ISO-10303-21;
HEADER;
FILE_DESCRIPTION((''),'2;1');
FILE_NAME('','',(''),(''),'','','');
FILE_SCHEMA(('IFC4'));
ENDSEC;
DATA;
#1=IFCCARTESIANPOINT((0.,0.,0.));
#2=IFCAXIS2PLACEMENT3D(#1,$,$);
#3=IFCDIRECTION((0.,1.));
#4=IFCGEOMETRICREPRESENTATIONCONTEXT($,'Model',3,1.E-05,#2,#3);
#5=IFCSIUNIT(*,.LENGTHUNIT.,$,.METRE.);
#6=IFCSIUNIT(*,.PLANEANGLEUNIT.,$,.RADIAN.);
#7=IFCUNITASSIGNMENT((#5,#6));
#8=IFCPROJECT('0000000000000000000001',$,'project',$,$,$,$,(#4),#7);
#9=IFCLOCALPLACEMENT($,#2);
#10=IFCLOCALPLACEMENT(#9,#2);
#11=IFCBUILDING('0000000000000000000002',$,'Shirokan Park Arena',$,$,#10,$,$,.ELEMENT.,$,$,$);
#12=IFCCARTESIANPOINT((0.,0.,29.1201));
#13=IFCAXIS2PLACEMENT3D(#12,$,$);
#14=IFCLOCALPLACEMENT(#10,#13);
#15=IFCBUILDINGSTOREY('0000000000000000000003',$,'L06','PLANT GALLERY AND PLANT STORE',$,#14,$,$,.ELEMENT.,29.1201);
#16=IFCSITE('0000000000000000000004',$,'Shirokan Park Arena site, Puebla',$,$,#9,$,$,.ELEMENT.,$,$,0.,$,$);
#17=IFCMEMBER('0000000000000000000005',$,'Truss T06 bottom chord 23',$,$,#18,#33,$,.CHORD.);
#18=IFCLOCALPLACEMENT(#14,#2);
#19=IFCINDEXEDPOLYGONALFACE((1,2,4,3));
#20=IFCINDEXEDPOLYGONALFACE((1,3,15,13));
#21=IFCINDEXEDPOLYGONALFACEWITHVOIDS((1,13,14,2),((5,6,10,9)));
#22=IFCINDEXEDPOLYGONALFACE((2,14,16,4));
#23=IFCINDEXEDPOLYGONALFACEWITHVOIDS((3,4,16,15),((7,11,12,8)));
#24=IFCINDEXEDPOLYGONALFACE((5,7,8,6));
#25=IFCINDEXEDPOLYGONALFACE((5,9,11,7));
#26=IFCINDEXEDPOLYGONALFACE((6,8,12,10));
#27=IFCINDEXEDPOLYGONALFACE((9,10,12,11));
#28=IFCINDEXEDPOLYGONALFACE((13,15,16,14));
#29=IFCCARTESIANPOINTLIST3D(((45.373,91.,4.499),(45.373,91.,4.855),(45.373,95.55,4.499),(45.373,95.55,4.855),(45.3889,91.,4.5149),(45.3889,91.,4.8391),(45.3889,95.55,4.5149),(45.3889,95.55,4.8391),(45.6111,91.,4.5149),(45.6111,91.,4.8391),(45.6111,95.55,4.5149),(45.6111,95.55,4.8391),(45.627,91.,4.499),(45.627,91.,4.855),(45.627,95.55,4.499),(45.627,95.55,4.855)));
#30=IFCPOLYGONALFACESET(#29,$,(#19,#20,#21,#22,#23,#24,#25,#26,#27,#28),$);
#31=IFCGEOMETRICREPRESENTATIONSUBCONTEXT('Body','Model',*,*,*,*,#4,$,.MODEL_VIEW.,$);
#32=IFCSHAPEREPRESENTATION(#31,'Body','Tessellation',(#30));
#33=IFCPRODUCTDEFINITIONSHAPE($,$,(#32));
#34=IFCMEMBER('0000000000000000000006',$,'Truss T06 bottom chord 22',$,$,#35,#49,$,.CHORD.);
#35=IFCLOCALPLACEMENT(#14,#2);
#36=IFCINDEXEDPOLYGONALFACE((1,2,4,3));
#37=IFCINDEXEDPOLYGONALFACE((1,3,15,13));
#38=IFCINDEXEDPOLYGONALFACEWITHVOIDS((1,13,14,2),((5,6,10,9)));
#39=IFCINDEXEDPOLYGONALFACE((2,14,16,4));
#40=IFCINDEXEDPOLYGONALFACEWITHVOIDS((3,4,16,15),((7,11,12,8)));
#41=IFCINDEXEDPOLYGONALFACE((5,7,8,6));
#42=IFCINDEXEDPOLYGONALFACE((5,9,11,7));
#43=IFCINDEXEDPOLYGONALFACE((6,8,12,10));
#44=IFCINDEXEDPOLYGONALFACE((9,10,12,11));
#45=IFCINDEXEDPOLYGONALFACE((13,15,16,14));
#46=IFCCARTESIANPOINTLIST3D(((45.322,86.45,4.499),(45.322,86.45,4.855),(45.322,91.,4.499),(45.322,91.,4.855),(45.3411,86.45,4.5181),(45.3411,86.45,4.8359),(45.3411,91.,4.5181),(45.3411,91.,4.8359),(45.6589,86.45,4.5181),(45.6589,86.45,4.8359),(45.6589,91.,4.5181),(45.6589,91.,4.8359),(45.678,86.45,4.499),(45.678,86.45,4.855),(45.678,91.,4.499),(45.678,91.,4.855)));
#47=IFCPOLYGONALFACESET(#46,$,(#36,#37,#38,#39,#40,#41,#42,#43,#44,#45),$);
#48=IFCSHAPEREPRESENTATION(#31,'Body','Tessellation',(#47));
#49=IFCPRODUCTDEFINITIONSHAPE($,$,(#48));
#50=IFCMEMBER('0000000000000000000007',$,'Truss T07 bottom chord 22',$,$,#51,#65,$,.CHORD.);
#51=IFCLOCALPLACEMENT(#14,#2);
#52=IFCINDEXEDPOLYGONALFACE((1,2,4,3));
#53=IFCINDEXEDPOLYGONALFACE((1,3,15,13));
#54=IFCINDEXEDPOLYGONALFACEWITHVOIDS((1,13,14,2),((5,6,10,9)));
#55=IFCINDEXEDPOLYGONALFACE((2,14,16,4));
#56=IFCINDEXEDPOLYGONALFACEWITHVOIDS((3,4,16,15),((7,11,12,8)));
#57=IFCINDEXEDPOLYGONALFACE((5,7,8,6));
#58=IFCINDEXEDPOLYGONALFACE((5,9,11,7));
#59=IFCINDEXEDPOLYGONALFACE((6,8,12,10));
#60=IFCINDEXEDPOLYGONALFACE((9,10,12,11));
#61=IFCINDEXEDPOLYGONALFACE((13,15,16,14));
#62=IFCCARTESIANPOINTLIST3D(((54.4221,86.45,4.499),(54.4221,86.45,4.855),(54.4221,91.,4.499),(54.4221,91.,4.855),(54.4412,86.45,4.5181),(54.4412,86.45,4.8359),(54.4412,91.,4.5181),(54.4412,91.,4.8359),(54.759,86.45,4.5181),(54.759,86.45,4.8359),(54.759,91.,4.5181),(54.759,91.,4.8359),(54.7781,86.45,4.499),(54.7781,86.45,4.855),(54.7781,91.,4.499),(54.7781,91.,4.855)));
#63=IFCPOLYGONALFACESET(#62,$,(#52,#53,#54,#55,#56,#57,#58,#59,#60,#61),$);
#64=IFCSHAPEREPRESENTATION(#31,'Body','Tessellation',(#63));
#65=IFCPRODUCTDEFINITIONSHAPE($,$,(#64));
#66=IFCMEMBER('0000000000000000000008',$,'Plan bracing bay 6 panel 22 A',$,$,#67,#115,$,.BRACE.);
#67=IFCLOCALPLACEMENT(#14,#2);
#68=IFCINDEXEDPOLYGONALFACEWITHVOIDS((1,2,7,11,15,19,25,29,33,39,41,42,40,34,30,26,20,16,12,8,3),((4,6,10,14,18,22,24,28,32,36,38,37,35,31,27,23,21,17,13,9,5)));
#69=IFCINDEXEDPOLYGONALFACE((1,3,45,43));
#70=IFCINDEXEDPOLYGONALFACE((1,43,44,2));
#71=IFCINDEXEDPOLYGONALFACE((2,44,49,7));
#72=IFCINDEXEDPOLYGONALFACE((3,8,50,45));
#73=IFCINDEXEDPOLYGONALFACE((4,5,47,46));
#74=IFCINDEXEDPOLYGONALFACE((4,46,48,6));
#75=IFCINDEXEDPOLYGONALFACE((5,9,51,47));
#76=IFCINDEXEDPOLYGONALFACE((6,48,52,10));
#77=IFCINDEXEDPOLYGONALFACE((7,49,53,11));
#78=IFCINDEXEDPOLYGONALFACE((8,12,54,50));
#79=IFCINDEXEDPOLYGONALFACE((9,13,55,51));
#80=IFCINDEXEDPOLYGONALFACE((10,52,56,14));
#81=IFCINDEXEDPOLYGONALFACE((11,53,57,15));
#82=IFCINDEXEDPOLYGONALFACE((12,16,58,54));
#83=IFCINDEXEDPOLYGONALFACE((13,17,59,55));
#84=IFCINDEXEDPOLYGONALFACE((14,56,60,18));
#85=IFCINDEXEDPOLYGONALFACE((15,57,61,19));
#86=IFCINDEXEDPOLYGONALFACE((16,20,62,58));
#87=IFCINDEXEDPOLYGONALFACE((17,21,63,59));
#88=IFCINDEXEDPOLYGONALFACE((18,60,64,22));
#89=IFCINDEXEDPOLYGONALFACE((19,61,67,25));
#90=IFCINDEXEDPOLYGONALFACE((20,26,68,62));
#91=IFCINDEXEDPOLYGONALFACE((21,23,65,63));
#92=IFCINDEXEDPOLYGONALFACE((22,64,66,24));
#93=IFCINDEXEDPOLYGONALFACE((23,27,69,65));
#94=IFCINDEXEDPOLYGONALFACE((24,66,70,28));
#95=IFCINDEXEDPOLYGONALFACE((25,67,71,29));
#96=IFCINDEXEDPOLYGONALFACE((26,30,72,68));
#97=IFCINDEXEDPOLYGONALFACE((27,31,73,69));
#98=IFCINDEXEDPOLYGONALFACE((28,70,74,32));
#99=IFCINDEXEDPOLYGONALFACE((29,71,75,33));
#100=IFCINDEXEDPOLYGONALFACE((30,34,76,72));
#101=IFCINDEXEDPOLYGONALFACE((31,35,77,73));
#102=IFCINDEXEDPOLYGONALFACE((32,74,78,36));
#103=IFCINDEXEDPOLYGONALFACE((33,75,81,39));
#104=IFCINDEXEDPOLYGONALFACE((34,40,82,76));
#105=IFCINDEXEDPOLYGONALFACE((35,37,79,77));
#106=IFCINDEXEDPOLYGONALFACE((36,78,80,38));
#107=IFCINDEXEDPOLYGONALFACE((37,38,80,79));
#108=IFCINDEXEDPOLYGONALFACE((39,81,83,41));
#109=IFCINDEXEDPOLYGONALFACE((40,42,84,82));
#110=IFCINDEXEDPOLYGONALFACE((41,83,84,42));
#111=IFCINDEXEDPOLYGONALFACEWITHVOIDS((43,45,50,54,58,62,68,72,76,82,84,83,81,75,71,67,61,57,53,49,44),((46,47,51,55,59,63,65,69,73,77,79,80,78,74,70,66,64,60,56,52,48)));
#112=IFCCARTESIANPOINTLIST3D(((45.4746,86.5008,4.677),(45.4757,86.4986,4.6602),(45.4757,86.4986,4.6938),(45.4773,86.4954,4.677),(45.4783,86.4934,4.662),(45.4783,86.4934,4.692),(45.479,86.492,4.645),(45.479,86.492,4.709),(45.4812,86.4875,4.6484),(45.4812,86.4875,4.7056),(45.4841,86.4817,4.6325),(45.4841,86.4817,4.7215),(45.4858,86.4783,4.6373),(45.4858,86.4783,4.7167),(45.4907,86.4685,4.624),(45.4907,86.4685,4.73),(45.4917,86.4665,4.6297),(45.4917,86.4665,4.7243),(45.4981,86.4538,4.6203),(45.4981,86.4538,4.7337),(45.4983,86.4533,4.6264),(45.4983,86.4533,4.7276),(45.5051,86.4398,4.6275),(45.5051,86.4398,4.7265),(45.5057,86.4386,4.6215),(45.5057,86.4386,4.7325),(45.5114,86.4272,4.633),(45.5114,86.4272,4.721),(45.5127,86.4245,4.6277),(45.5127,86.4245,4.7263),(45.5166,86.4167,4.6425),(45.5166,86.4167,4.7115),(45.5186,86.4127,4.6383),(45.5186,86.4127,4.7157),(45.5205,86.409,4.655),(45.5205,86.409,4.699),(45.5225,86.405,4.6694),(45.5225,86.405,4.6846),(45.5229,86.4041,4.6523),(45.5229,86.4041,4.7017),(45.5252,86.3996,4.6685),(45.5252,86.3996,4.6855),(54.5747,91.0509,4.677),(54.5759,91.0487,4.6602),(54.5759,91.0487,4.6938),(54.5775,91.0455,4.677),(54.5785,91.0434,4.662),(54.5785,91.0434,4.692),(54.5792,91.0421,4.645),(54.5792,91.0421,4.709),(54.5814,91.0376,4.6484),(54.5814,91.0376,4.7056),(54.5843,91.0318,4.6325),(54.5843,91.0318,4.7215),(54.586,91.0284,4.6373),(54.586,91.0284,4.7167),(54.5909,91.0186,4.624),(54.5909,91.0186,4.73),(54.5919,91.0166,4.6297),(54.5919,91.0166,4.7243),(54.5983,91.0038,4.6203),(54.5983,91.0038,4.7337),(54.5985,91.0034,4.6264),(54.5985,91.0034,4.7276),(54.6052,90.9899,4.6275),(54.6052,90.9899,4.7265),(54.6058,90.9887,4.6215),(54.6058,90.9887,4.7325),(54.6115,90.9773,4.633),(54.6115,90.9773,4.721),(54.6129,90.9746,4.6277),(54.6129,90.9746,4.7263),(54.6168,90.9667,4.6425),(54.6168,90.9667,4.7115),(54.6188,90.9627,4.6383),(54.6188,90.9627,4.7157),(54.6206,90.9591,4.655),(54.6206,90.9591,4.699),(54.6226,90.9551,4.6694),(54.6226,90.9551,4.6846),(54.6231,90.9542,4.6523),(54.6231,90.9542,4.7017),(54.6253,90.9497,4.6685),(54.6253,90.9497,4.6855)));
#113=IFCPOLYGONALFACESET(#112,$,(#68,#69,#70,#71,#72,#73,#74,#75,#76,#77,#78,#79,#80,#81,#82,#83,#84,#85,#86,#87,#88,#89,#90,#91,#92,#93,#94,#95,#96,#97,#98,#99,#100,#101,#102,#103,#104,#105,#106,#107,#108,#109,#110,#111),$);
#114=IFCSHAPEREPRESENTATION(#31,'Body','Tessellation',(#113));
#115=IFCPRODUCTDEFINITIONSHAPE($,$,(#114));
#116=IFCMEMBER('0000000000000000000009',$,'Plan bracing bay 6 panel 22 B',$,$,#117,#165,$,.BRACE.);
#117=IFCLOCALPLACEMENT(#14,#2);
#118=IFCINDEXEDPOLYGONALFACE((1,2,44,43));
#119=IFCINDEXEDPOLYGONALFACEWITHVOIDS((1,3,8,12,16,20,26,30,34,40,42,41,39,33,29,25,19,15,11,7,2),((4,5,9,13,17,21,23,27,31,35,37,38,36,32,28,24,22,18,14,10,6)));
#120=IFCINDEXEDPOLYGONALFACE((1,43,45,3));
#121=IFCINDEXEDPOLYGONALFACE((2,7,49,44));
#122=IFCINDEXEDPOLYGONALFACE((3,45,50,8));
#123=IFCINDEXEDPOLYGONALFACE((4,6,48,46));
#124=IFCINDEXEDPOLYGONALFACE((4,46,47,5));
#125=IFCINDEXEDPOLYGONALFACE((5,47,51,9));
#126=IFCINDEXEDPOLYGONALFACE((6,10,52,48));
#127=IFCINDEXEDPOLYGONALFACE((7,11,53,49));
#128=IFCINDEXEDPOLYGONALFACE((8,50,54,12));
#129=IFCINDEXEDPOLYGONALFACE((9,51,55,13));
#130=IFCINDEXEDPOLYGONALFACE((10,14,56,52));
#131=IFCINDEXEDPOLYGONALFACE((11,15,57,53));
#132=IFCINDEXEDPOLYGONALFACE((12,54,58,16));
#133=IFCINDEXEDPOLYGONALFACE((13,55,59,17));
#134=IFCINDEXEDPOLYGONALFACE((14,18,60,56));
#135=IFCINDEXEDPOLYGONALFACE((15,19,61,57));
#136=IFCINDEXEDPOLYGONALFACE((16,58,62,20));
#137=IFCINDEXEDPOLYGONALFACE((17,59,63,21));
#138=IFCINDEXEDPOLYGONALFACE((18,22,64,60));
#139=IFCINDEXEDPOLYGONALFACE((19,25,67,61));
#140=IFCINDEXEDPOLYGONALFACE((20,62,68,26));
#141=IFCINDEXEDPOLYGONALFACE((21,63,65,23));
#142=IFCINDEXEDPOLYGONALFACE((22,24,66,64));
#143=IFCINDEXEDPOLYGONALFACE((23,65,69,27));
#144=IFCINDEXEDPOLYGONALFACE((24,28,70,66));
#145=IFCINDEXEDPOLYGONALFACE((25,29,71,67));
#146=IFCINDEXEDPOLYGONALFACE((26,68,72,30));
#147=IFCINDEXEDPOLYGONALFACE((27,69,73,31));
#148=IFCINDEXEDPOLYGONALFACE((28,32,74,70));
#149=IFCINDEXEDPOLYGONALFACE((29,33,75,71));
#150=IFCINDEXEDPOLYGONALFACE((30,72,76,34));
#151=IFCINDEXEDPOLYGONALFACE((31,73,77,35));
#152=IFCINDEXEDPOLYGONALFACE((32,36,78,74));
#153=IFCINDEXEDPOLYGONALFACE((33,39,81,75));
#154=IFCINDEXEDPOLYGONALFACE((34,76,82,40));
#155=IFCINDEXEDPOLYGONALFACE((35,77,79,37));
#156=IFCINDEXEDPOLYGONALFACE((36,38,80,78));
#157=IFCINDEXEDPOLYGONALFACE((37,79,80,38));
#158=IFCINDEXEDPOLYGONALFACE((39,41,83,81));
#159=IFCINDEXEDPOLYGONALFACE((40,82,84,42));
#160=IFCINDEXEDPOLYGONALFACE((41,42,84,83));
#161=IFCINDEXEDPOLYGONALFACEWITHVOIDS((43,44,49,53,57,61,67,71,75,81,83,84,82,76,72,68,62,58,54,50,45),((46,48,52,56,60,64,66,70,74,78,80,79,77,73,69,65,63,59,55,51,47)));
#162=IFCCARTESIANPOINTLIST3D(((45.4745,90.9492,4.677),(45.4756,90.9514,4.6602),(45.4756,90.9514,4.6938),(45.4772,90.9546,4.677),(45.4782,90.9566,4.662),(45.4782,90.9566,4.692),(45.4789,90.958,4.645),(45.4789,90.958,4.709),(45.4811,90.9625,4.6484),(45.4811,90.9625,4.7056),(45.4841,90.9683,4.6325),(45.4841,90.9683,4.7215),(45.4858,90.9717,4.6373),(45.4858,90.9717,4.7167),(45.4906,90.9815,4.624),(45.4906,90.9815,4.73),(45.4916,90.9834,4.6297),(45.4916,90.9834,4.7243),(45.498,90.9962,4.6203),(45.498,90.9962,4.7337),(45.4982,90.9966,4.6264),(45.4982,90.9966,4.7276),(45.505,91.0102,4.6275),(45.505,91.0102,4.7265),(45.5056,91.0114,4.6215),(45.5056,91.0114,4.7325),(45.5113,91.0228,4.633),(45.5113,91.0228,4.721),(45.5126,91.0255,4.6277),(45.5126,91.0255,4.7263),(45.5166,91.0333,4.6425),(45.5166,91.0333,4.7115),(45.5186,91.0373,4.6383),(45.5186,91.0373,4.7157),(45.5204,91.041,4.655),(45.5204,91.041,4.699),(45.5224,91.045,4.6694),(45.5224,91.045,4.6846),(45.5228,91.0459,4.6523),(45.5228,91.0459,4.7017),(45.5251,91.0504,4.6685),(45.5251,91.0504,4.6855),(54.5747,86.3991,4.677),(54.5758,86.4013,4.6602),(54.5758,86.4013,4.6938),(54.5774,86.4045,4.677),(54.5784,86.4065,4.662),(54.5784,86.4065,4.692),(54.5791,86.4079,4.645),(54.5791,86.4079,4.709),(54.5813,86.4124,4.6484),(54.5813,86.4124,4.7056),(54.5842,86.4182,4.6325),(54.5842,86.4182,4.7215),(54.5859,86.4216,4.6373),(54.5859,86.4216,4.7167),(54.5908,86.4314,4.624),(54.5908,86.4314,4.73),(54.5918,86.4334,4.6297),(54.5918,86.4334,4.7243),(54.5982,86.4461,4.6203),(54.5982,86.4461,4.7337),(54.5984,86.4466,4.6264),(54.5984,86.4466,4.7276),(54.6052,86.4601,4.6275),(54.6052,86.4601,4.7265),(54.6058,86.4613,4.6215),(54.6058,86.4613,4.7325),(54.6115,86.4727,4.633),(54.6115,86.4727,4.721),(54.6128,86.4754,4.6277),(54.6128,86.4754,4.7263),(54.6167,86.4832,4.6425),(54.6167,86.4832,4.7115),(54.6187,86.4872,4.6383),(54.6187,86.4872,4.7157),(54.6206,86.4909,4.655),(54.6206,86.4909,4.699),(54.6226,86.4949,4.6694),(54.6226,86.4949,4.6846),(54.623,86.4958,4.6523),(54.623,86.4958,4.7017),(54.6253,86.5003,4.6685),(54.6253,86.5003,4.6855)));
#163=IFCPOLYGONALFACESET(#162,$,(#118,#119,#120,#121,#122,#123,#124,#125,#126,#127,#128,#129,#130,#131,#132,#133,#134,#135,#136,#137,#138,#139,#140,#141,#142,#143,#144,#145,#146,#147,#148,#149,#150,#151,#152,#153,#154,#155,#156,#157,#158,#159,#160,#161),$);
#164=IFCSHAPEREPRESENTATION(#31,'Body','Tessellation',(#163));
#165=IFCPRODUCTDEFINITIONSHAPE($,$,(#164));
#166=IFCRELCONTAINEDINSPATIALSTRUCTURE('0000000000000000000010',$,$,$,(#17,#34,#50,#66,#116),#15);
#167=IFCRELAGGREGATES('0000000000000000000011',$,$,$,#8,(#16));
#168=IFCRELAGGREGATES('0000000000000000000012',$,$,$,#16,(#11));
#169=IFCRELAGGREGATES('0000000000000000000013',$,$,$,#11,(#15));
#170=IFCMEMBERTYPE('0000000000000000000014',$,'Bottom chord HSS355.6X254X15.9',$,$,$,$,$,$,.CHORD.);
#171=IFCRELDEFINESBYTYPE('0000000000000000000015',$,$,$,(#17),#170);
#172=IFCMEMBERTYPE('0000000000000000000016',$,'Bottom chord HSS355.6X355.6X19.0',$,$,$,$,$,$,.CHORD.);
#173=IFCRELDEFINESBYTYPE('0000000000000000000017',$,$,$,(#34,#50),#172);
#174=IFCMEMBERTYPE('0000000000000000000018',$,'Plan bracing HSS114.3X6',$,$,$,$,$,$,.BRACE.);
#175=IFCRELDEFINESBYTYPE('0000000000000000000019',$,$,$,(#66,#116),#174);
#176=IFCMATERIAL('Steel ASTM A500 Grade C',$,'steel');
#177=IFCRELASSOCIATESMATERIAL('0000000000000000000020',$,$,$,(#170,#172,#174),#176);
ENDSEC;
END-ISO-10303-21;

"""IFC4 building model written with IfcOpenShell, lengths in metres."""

from ifc_helpers import new_model, si_unit, direction, frame, origin, origin_2d, place, context, subcontext, project, spatial, hollow_rectangle, hollow_circle, extrude, material, material_profile, profile_set, type_object, element, save


model = new_model("IFC4")

# Units and contexts
model_context = context("Model", 3, precision=1e-05, world=origin(), true_north=direction((0.0, 1.0)))
body_context = subcontext(model_context, "Body", "Model", "MODEL_VIEW")
ifc_project = project(units=[si_unit("LENGTHUNIT", "METRE"), si_unit("PLANEANGLEUNIT", "RADIAN")], contexts=[model_context])

# Site, building, storey
site_placement = place(None, origin())
site = spatial("IfcSite", under=ifc_project, at=site_placement, Name="Shirokan Park Arena site, Puebla", CompositionType="ELEMENT", RefElevation=0.0)
building_placement = place(site_placement, origin())
building = spatial("IfcBuilding", under=site, at=building_placement, Name="Shirokan Park Arena", CompositionType="ELEMENT")
storey_placement = place(building_placement, frame((0.0, 0.0, 29.1201)))
storey = spatial("IfcBuildingStorey", under=building, at=storey_placement, Name="L06", Description="PLANT GALLERY AND PLANT STORE", CompositionType="ELEMENT", Elevation=29.1201)

# Members
ifc_material_1 = material(Name="Steel ASTM A500 Grade C", Category="steel")
ifc_material_profile_1 = material_profile(ifc_material_1, hollow_rectangle(XDim=0.2539, YDim=0.356, WallThickness=0.0159, at=origin_2d()), Name="HSS355.6X254X15.9")
ifc_profile_set_1 = profile_set([ifc_material_profile_1], Name="Steel ASTM A500 Grade C")
member_type_1 = type_object("IfcMemberType", Name="Bottom chord HSS355.6X254X15.9", PredefinedType="CHORD", material=ifc_profile_set_1)
member_1_placement = place(storey_placement, frame((45.5, 91.0, 4.677), z_axis=(0.0, 1.0, 0.0), x_axis=(-1.0, 0.0, 0.0)))
element("IfcMember", 1, at=member_1_placement, inside=storey, type_object=member_type_1, Name="Truss T06 bottom chord 23", PredefinedType="CHORD", context=body_context, shape_type="SweptSolid", body=[
    extrude(hollow_rectangle(XDim=0.2539, YDim=0.356, WallThickness=0.0159, at=origin_2d()), origin(), (0.0, 0.0, 1.0), 4.55),
])
ifc_material_profile_2 = material_profile(ifc_material_1, hollow_rectangle(XDim=0.356, YDim=0.356, WallThickness=0.019, at=origin_2d()), Name="HSS355.6X355.6X19.0")
ifc_profile_set_2 = profile_set([ifc_material_profile_2], Name="Steel ASTM A500 Grade C")
member_type_2 = type_object("IfcMemberType", Name="Bottom chord HSS355.6X355.6X19.0", PredefinedType="CHORD", material=ifc_profile_set_2)
for number, where, z_axis, x_axis, name in (
    (2, (45.5, 86.45, 4.677), (0.0, 1.0, 0.0), (-1.0, 0.0, 0.0), "Truss T06 bottom chord 22"),
    (3, (54.6001, 86.45, 4.677), (0.0, 1.0, 0.0), (-1.0, 0.0, 0.0), "Truss T07 bottom chord 22"),
):
    element("IfcMember", number, at=place(storey_placement, frame(where, z_axis=z_axis, x_axis=x_axis)), inside=storey, type_object=member_type_2, Name=name, PredefinedType="CHORD", context=body_context, shape_type="SweptSolid", body=[
        extrude(hollow_rectangle(XDim=0.356, YDim=0.356, WallThickness=0.019, at=origin_2d()), origin(), (0.0, 0.0, 1.0), 4.55),
    ])
ifc_material_profile_3 = material_profile(ifc_material_1, hollow_circle(Radius=0.0569, WallThickness=0.0061, at=origin_2d()), Name="HSS114.3X6")
ifc_profile_set_3 = profile_set([ifc_material_profile_3], Name="Steel ASTM A500 Grade C")
member_type_3 = type_object("IfcMemberType", Name="Plan bracing HSS114.3X6", PredefinedType="BRACE", material=ifc_profile_set_3)
for number, where, z_axis, x_axis, name in (
    (4, (45.5, 86.45, 4.677), (0.894427, 0.447214, 0.0), (-0.447214, 0.894427, 0.0), "Plan bracing bay 6 panel 22 A"),
    (5, (54.6001, 86.45, 4.677), (-0.894427, 0.447214, 0.0), (-0.447214, -0.894427, 0.0), "Plan bracing bay 6 panel 22 B"),
):
    element("IfcMember", number, at=place(storey_placement, frame(where, z_axis=z_axis, x_axis=x_axis)), inside=storey, type_object=member_type_3, Name=name, PredefinedType="BRACE", context=body_context, shape_type="SweptSolid", body=[
        extrude(hollow_circle(Radius=0.0569, WallThickness=0.0061, at=origin_2d()), origin(), (0.0, 0.0, 1.0), 10.1743),
    ])

save(model, "model.ifc")
